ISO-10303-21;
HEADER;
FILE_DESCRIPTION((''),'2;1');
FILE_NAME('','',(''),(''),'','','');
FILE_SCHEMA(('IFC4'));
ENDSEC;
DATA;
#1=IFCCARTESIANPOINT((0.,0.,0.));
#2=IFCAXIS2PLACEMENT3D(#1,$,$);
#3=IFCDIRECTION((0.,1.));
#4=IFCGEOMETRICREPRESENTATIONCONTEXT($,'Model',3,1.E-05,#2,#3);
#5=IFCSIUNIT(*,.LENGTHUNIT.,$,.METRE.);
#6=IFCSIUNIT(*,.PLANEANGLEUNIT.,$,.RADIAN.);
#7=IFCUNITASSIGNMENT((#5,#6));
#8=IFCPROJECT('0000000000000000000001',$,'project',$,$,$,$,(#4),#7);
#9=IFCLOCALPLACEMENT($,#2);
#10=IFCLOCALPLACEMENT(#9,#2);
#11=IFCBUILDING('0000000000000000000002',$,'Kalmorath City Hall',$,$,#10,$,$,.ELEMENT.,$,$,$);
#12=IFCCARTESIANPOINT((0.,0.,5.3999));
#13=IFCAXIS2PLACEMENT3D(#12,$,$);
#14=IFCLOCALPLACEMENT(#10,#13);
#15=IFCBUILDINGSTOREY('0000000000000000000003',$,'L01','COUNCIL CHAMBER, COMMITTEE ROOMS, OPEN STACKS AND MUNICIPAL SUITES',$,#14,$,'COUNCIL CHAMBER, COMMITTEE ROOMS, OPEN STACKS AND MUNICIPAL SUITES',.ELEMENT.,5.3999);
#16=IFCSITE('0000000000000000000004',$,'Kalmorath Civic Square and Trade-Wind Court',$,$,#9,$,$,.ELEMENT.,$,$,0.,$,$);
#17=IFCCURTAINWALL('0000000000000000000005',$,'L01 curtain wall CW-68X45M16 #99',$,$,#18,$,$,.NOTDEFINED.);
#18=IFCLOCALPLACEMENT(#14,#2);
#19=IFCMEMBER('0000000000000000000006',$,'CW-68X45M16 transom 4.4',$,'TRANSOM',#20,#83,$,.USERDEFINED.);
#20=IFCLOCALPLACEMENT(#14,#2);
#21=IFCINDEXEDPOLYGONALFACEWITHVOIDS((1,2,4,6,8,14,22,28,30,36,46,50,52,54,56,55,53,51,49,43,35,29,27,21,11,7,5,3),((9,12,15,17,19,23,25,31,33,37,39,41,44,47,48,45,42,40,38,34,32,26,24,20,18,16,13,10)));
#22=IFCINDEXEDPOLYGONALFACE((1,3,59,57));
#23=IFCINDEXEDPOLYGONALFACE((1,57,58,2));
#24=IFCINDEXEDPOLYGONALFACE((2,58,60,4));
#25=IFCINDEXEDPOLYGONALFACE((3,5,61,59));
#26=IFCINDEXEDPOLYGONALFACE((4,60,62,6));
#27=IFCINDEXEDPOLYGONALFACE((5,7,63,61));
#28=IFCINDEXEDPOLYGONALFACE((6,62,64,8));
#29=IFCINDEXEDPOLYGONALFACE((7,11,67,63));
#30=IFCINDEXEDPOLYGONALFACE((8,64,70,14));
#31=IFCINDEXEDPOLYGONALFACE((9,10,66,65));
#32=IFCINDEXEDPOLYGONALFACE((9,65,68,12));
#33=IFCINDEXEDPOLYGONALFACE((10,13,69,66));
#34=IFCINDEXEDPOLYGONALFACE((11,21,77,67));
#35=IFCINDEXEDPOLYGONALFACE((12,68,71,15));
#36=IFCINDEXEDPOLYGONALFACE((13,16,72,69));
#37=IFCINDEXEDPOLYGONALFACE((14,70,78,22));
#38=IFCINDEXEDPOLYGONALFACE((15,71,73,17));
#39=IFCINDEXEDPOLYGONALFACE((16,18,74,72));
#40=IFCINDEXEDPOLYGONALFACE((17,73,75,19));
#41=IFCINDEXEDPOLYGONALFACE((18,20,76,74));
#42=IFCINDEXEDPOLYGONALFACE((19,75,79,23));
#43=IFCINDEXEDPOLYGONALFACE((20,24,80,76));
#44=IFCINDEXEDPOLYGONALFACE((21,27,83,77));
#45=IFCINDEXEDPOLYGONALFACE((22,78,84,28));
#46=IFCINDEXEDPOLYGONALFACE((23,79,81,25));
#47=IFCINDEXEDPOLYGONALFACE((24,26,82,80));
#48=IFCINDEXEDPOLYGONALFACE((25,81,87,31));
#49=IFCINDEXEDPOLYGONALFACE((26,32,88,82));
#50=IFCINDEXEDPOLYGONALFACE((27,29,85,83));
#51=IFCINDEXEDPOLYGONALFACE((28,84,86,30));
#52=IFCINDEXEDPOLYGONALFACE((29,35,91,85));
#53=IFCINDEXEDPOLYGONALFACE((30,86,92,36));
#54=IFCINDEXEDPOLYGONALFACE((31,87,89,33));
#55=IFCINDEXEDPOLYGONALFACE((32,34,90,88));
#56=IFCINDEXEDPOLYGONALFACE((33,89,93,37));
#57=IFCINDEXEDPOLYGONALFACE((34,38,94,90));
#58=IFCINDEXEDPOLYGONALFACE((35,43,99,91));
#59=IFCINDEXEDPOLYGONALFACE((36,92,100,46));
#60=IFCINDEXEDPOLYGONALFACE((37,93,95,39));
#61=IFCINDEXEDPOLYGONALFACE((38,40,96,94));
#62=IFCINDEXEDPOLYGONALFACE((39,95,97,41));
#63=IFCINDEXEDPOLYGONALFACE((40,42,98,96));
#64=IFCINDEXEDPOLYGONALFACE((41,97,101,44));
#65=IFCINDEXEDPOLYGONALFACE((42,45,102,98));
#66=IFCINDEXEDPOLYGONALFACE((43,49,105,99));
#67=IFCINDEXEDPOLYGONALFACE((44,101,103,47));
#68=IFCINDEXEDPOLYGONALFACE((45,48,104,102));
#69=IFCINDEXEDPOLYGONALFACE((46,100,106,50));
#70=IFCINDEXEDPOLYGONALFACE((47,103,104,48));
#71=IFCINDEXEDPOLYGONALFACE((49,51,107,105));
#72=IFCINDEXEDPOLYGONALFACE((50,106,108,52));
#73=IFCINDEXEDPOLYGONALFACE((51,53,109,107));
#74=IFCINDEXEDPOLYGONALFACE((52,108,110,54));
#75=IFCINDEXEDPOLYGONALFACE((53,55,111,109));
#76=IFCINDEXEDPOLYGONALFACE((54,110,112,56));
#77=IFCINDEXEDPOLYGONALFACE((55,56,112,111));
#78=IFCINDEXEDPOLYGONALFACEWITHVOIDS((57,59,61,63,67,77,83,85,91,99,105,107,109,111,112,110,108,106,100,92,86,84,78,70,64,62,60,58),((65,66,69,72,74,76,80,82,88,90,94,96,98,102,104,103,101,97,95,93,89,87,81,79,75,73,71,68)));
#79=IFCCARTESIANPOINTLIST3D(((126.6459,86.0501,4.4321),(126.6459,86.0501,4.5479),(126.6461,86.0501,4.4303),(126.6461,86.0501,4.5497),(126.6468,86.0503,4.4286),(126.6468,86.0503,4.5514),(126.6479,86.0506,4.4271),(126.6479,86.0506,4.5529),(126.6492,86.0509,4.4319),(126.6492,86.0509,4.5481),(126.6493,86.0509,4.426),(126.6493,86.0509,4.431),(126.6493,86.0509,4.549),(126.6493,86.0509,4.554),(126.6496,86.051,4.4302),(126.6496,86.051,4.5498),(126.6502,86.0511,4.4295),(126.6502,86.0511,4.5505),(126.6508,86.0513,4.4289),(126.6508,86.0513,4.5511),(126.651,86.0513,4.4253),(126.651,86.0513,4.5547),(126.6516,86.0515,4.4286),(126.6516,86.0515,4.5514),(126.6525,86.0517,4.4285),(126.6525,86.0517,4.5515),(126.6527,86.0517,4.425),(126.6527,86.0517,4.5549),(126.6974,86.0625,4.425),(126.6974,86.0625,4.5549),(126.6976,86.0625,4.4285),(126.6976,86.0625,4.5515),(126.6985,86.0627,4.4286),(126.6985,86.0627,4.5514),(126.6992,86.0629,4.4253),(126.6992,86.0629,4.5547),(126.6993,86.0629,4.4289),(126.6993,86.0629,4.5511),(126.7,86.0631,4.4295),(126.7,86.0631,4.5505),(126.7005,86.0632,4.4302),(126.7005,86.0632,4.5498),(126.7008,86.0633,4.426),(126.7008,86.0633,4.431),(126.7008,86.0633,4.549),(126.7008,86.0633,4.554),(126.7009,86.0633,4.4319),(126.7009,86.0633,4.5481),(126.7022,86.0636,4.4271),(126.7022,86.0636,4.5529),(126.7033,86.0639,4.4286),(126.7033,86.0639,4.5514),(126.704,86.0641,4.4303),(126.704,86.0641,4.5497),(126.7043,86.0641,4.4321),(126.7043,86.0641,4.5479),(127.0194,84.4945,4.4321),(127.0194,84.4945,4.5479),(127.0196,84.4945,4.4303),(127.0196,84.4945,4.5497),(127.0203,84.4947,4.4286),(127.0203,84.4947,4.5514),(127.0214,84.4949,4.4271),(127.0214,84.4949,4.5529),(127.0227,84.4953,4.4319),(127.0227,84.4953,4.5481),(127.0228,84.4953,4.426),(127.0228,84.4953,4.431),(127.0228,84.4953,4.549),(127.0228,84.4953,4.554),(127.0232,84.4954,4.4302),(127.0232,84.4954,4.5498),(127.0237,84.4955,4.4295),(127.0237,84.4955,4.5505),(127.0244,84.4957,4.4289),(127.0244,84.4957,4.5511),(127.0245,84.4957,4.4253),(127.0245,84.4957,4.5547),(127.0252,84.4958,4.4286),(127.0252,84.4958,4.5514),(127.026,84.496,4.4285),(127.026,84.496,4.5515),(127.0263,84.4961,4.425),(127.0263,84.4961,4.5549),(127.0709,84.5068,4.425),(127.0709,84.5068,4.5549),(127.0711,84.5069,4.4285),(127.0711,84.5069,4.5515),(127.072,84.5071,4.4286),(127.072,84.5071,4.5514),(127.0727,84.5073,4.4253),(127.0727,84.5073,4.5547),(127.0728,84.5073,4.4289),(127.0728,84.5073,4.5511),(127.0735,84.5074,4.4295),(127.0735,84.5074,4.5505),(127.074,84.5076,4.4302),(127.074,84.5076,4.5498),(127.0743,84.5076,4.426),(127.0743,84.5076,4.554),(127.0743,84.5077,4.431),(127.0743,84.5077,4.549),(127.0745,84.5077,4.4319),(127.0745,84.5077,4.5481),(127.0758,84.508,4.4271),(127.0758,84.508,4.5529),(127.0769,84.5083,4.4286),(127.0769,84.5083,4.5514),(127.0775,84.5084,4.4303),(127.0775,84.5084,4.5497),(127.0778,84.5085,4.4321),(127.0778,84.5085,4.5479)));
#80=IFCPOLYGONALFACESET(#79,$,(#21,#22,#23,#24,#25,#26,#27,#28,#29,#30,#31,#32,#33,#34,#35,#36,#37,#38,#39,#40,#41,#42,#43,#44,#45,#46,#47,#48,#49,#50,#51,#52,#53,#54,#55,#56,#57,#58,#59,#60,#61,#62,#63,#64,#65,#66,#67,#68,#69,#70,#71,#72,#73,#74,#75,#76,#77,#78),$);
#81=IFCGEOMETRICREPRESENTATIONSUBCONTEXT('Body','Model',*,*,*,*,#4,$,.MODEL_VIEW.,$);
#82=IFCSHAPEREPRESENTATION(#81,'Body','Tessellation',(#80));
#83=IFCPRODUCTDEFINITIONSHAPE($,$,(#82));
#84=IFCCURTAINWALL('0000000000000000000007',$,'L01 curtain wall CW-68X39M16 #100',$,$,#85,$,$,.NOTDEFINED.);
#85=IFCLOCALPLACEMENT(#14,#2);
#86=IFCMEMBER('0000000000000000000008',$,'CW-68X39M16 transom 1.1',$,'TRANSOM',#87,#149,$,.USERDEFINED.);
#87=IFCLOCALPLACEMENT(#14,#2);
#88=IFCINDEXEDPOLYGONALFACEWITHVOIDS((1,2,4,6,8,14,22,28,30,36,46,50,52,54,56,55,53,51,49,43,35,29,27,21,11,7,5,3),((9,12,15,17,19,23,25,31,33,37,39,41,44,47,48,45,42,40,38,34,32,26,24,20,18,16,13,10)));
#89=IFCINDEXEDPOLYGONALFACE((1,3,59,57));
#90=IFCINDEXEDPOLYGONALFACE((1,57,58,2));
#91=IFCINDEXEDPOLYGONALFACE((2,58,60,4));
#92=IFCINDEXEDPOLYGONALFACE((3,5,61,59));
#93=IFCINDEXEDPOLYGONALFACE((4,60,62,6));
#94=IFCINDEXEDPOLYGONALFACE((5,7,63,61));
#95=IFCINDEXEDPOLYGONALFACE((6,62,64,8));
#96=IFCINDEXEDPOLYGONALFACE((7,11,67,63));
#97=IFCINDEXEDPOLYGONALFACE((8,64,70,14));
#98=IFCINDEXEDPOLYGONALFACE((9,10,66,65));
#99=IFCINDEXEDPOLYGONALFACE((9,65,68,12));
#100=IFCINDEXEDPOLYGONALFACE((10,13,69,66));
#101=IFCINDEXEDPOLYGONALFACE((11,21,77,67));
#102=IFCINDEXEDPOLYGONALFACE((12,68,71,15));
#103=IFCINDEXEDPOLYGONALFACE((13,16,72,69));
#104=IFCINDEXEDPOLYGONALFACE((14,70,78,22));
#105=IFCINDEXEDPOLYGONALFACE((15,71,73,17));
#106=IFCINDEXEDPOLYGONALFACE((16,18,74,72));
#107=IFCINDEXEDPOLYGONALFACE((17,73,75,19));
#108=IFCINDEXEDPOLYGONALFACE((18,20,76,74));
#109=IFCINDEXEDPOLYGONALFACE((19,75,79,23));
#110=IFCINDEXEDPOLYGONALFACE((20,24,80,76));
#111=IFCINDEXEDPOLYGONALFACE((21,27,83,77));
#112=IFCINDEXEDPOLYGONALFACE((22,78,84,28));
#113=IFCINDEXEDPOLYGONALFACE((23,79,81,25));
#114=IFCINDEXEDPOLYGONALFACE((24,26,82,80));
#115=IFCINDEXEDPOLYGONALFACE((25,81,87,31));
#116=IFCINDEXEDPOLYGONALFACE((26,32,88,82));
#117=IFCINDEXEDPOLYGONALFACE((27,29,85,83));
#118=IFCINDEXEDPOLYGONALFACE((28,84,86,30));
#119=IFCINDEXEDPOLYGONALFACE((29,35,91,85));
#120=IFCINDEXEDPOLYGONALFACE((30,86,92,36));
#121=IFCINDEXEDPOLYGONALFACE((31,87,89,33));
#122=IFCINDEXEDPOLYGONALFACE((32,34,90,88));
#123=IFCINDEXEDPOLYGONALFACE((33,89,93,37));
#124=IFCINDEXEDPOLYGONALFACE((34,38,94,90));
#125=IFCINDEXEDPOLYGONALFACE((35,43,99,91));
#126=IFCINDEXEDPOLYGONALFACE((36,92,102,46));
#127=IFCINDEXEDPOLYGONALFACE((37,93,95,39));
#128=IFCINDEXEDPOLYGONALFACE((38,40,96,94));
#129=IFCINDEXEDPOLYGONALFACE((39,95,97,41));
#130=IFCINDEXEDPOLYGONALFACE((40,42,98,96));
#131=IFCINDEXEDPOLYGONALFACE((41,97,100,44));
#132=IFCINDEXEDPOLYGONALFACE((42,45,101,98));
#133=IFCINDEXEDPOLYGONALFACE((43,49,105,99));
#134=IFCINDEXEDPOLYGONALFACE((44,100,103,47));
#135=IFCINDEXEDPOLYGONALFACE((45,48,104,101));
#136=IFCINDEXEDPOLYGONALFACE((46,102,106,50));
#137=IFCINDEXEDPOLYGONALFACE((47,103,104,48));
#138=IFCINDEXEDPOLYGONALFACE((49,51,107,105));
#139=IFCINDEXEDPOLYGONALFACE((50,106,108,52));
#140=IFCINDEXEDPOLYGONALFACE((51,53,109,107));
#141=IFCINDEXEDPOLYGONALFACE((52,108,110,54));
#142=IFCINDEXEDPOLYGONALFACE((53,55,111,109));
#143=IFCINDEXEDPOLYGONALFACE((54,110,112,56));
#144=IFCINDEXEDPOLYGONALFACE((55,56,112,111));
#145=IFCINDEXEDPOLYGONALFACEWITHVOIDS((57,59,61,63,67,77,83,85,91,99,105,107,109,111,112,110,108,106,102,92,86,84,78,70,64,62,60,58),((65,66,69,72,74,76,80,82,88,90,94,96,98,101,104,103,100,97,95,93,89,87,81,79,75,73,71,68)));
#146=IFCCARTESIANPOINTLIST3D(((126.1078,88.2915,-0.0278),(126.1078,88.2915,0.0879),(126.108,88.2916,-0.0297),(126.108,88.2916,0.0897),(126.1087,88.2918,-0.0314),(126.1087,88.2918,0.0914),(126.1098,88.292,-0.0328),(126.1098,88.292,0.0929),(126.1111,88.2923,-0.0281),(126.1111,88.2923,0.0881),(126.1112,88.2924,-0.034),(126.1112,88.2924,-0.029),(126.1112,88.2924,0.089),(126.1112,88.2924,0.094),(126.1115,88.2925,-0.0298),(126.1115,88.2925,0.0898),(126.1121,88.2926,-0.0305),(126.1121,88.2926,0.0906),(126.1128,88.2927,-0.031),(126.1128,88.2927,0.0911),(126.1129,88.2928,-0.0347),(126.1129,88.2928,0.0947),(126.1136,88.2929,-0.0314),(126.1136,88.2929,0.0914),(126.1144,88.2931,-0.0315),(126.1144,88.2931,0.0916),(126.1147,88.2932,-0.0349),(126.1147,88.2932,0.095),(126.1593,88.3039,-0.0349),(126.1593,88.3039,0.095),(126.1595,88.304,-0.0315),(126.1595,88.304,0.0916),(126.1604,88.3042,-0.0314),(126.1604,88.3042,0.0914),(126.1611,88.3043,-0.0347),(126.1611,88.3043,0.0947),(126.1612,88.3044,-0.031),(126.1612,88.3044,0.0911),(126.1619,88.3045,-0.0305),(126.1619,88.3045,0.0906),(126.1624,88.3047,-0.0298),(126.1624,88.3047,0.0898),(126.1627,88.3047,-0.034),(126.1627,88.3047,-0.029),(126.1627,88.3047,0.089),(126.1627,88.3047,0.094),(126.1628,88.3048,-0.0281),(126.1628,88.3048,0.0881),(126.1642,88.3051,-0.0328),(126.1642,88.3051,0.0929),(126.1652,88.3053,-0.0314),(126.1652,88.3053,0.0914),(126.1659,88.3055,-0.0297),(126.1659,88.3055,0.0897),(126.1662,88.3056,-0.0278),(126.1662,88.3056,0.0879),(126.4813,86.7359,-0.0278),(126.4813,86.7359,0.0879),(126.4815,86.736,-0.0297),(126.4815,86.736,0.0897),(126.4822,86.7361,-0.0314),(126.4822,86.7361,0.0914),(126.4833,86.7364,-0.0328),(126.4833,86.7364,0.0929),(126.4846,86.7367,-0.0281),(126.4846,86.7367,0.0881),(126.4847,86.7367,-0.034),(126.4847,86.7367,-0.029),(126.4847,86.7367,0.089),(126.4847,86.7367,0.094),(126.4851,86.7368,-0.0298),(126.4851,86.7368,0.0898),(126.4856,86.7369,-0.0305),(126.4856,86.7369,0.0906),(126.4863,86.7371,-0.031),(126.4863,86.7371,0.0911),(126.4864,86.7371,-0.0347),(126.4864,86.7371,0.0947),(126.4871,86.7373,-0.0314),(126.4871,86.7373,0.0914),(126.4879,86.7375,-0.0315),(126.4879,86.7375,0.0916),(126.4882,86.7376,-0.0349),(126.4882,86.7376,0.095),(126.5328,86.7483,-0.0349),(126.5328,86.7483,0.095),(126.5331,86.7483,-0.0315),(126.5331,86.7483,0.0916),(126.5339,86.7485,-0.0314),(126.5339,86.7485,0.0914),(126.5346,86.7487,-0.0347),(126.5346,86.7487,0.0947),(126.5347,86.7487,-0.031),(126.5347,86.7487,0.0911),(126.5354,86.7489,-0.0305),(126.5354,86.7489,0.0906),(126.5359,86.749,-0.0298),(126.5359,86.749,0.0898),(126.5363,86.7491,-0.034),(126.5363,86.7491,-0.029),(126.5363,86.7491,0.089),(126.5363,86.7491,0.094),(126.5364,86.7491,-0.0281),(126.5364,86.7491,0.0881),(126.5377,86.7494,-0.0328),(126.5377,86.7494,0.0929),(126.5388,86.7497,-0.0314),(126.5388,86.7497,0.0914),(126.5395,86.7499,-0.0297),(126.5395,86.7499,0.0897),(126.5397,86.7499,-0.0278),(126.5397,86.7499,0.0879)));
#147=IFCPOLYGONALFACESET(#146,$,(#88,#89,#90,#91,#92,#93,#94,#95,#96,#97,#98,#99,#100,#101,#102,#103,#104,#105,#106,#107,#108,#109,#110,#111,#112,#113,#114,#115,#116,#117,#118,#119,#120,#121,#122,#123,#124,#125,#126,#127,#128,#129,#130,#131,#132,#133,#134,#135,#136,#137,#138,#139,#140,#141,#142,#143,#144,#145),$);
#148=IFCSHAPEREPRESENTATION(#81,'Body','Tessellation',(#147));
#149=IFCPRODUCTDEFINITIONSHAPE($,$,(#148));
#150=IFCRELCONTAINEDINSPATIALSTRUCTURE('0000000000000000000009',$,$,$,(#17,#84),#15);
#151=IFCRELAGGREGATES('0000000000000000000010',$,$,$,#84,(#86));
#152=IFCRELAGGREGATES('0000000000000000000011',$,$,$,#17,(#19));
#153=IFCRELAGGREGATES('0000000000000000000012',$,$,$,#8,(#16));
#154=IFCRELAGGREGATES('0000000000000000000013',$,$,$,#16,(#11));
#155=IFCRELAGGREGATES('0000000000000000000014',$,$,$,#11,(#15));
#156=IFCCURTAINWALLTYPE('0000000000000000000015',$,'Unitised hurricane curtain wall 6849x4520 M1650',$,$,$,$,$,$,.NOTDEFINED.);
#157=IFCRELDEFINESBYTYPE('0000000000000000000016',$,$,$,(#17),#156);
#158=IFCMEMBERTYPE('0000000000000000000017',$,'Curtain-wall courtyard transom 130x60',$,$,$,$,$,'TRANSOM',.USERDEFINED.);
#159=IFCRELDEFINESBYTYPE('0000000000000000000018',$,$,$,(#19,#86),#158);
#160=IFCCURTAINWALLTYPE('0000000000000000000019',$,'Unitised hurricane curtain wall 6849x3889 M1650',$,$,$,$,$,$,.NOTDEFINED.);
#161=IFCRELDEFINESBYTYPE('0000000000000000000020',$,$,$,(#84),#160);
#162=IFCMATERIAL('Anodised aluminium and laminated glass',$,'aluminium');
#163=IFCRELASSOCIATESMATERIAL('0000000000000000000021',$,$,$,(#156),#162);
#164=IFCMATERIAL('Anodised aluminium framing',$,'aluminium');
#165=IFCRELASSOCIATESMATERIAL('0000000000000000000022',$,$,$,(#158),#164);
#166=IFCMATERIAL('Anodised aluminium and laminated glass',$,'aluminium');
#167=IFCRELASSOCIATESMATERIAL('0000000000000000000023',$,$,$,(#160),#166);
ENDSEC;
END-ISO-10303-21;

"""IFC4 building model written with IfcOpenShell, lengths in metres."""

from ifc_helpers import new_model, si_unit, direction, frame, origin, origin_2d, place, context, subcontext, project, spatial, hollow_rectangle, extrude, material, material_profile, profile_set, type_object, element, aggregate, save


model = new_model("IFC4")

# Units and contexts
model_context = context("Model", 3, precision=1e-05, world=origin(), true_north=direction((0.0, 1.0)))
body_context = subcontext(model_context, "Body", "Model", "MODEL_VIEW")
ifc_project = project(units=[si_unit("LENGTHUNIT", "METRE"), si_unit("PLANEANGLEUNIT", "RADIAN")], contexts=[model_context])

# Site, building, storey
site_placement = place(None, origin())
site = spatial("IfcSite", under=ifc_project, at=site_placement, Name="Kalmorath Civic Square and Trade-Wind Court", CompositionType="ELEMENT", RefElevation=0.0)
building_placement = place(site_placement, origin())
building = spatial("IfcBuilding", under=site, at=building_placement, Name="Kalmorath City Hall", CompositionType="ELEMENT")
storey_placement = place(building_placement, frame((0.0, 0.0, 5.3999)))
storey = spatial("IfcBuildingStorey", under=building, at=storey_placement, Name="L01", Description="COUNCIL CHAMBER, COMMITTEE ROOMS, OPEN STACKS AND MUNICIPAL SUITES", LongName="COUNCIL CHAMBER, COMMITTEE ROOMS, OPEN STACKS AND MUNICIPAL SUITES", CompositionType="ELEMENT", Elevation=5.3999)

# Curtain walls, members
ifc_material_1 = material(Name="Anodised aluminium and laminated glass", Category="aluminium")
curtain_wall_type_1 = type_object("IfcCurtainWallType", Name="Unitised hurricane curtain wall 6849x4520 M1650", PredefinedType="NOTDEFINED", material=ifc_material_1)
curtain_wall_1_placement = place(storey_placement, origin())
curtain_wall_1 = element("IfcCurtainWall", 1, at=curtain_wall_1_placement, inside=storey, type_object=curtain_wall_type_1, Name="L01 curtain wall CW-68X45M16 #99", PredefinedType="NOTDEFINED")
ifc_material_2 = material(Name="Anodised aluminium framing", Category="aluminium")
ifc_material_profile_1 = material_profile(ifc_material_2, hollow_rectangle(XDim=0.0601, YDim=0.1299, WallThickness=0.0034, InnerFilletRadius=0.0034, OuterFilletRadius=0.0071, at=origin_2d()), Name="ALU-TRN-130X60X3.5")
ifc_profile_set_1 = profile_set([ifc_material_profile_1], Name="Anodised aluminium framing")
member_type_1 = type_object("IfcMemberType", Name="Curtain-wall courtyard transom 130x60", ElementType="TRANSOM", PredefinedType="USERDEFINED", material=ifc_profile_set_1)
member_1_placement = place(storey_placement, frame((127.0486, 84.5015, 4.49), z_axis=(-0.233477, 0.972362, 0.0), x_axis=(-0.972362, -0.233477, 0.0)))
member_1 = element("IfcMember", 2, at=member_1_placement, type_object=member_type_1, Name="CW-68X45M16 transom 4.4", ObjectType="TRANSOM", PredefinedType="USERDEFINED", context=body_context, shape_type="SweptSolid", body=[
    extrude(hollow_rectangle(XDim=0.0601, YDim=0.1299, WallThickness=0.0034, InnerFilletRadius=0.0034, OuterFilletRadius=0.0071, at=origin_2d()), origin(), (0.0, 0.0, 1.0), 1.5999),
])
ifc_material_3 = material(Name="Anodised aluminium and laminated glass", Category="aluminium")
curtain_wall_type_2 = type_object("IfcCurtainWallType", Name="Unitised hurricane curtain wall 6849x3889 M1650", PredefinedType="NOTDEFINED", material=ifc_material_3)
curtain_wall_2_placement = place(storey_placement, origin())
curtain_wall_2 = element("IfcCurtainWall", 3, at=curtain_wall_2_placement, inside=storey, type_object=curtain_wall_type_2, Name="L01 curtain wall CW-68X39M16 #100", PredefinedType="NOTDEFINED")
member_2_placement = place(storey_placement, frame((126.5105, 86.7429, 0.03), z_axis=(-0.233477, 0.972362, 0.0), x_axis=(-0.972362, -0.233477, 0.0)))
member_2 = element("IfcMember", 4, at=member_2_placement, type_object=member_type_1, Name="CW-68X39M16 transom 1.1", ObjectType="TRANSOM", PredefinedType="USERDEFINED", context=body_context, shape_type="SweptSolid", body=[
    extrude(hollow_rectangle(XDim=0.0601, YDim=0.1299, WallThickness=0.0034, InnerFilletRadius=0.0034, OuterFilletRadius=0.0071, at=origin_2d()), origin(), (0.0, 0.0, 1.0), 1.5999),
])

aggregate(curtain_wall_2, [member_2])

aggregate(curtain_wall_1, [member_1])

save(model, "model.ifc")
